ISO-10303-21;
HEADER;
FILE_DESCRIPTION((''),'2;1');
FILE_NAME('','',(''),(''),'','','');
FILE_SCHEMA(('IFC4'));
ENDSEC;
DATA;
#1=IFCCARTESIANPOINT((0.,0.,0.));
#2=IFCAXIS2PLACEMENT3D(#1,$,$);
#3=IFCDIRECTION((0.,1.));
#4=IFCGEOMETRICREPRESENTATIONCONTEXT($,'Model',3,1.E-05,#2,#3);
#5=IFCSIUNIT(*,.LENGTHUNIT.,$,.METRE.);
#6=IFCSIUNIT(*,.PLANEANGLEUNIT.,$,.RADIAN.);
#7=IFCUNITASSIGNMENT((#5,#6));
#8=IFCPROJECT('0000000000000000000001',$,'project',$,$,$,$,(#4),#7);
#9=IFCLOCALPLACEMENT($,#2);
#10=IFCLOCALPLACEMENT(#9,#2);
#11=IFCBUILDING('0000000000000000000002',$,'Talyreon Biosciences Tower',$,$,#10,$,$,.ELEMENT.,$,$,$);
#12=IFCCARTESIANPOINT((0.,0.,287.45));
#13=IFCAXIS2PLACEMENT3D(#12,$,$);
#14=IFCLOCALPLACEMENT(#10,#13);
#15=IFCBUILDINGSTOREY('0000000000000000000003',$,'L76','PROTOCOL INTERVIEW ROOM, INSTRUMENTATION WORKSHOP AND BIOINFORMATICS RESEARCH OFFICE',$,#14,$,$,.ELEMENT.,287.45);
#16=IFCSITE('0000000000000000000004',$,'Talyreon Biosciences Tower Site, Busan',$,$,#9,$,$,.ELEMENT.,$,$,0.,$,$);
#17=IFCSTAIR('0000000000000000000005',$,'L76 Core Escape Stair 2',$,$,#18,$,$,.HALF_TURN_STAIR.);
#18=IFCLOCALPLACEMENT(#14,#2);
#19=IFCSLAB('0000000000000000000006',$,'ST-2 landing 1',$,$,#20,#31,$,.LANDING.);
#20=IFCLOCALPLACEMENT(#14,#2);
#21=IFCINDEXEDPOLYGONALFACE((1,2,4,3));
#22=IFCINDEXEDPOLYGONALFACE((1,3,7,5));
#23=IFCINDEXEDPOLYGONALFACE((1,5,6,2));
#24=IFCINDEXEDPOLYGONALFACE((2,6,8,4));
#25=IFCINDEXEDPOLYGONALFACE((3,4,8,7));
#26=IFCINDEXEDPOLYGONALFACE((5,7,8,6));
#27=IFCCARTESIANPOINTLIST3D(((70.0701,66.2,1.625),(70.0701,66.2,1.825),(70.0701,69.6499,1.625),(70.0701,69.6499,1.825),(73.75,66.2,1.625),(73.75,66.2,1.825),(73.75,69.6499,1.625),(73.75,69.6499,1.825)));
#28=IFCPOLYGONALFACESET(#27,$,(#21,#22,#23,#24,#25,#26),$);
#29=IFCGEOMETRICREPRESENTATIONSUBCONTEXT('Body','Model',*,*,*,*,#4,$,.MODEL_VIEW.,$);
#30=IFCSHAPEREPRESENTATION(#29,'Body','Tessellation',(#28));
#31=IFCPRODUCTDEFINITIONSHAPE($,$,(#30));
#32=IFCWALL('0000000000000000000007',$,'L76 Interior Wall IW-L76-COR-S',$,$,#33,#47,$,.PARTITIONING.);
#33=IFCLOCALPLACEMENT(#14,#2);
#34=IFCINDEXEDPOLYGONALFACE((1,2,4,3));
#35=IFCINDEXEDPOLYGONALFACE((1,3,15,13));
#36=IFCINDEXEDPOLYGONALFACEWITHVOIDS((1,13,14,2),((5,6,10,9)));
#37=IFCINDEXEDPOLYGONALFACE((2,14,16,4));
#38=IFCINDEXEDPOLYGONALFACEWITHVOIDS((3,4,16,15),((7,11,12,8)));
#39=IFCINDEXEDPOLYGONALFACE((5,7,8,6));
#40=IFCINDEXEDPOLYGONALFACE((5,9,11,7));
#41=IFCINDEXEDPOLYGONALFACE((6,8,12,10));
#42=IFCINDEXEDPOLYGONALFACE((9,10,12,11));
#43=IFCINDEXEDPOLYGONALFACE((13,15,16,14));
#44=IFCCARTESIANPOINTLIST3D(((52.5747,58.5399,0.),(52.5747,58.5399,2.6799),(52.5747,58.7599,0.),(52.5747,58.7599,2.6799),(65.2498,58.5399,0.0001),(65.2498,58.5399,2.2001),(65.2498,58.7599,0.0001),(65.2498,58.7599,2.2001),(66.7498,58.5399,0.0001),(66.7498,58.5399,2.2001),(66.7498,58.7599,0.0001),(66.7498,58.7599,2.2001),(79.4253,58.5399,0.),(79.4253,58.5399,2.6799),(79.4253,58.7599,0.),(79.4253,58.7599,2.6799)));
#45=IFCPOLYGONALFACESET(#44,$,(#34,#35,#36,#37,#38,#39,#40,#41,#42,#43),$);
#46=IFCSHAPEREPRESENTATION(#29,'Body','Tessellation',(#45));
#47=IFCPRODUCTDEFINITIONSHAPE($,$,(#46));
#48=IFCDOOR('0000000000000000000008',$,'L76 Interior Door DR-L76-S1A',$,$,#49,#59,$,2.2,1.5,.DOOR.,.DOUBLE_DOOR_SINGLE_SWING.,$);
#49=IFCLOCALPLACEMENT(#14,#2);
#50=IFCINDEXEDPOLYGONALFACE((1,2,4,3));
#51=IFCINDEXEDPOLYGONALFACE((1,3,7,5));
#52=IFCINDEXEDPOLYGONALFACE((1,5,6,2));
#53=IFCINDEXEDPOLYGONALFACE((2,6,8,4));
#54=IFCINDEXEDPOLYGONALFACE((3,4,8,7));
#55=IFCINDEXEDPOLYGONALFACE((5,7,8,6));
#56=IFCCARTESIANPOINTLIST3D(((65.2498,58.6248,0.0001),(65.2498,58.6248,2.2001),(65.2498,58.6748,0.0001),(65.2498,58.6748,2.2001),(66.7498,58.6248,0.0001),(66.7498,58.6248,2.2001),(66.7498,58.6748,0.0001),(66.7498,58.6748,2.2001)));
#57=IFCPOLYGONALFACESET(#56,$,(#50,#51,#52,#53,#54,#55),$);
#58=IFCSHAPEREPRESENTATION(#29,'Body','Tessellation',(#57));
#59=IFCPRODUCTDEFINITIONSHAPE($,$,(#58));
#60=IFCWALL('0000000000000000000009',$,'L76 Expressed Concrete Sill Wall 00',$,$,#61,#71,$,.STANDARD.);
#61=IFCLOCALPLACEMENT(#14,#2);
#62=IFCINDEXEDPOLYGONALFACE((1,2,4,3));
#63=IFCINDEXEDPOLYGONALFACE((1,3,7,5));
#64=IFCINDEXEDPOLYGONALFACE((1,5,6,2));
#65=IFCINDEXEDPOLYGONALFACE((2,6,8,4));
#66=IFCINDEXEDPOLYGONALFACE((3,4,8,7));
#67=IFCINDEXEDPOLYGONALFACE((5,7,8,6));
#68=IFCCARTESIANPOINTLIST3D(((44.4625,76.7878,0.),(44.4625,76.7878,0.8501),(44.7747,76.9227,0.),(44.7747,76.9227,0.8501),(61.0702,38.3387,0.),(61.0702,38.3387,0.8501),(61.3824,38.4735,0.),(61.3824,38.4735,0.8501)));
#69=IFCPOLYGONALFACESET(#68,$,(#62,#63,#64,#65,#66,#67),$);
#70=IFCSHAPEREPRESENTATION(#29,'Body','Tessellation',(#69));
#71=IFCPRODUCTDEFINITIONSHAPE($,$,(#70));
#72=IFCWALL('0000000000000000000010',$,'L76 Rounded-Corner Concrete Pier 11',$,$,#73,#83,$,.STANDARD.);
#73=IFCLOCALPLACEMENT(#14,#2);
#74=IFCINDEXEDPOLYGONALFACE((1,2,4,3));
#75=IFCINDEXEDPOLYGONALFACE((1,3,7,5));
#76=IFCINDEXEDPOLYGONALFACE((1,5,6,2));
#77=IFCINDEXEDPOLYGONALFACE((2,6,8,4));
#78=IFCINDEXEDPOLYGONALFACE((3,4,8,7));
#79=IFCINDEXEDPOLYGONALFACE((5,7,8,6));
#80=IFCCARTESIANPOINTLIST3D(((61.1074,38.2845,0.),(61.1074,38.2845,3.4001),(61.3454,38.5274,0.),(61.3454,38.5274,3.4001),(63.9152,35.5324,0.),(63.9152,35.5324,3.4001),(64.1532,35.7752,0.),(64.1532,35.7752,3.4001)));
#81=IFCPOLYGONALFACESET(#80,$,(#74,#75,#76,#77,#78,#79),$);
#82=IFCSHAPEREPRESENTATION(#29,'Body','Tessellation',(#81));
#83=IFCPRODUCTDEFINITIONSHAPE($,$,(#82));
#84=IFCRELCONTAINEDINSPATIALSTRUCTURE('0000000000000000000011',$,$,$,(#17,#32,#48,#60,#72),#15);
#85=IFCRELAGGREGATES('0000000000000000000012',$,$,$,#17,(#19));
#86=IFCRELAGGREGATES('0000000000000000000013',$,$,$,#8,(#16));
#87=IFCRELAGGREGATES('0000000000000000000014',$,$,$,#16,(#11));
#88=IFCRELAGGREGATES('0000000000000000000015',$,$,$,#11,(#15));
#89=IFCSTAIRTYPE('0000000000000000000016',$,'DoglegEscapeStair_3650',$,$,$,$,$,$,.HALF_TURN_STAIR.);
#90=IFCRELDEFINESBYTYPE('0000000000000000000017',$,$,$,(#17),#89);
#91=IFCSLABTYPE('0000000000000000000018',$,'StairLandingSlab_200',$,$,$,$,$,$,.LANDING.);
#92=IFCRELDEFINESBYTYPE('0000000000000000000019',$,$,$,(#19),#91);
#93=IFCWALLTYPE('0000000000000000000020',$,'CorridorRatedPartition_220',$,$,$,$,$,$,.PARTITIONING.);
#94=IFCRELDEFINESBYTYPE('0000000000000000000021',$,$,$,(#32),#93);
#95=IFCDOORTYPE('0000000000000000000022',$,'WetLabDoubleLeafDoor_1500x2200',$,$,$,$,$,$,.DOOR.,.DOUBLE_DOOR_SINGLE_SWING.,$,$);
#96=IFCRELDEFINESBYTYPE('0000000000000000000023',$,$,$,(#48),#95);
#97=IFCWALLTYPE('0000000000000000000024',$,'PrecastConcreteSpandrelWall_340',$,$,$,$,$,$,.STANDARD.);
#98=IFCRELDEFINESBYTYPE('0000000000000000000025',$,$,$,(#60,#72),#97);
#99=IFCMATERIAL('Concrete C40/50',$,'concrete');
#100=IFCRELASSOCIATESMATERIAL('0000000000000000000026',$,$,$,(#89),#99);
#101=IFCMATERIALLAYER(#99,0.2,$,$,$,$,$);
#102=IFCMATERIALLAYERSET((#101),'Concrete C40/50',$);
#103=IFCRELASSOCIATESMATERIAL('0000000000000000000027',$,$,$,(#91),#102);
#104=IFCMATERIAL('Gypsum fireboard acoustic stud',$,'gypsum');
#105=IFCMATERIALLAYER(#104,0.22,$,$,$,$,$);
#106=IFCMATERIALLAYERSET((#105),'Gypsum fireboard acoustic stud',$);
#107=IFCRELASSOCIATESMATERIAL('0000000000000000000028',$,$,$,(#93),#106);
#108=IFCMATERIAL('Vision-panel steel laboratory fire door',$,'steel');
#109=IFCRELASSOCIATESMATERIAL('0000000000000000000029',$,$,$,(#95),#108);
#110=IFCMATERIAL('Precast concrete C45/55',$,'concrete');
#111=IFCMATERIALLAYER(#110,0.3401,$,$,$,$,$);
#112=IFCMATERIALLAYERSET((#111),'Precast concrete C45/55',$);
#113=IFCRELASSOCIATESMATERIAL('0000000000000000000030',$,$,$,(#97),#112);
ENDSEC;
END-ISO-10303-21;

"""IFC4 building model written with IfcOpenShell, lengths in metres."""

from ifc_helpers import new_model, si_unit, direction, frame, frame_2d, origin, place, context, subcontext, project, spatial, polyline, rectangle, outline, extrude, material, layer, layer_set, type_object, element, fill, aggregate, save


model = new_model("IFC4")

# Units and contexts
model_context = context("Model", 3, precision=1e-05, world=origin(), true_north=direction((0.0, 1.0)))
body_context = subcontext(model_context, "Body", "Model", "MODEL_VIEW")
ifc_project = project(units=[si_unit("LENGTHUNIT", "METRE"), si_unit("PLANEANGLEUNIT", "RADIAN")], contexts=[model_context])

# Site, building, storey
site_placement = place(None, origin())
site = spatial("IfcSite", under=ifc_project, at=site_placement, Name="Talyreon Biosciences Tower Site, Busan", CompositionType="ELEMENT", RefElevation=0.0)
building_placement = place(site_placement, origin())
building = spatial("IfcBuilding", under=site, at=building_placement, Name="Talyreon Biosciences Tower", CompositionType="ELEMENT")
storey_placement = place(building_placement, frame((0.0, 0.0, 287.45)))
storey = spatial("IfcBuildingStorey", under=building, at=storey_placement, Name="L76", Description="PROTOCOL INTERVIEW ROOM, INSTRUMENTATION WORKSHOP AND BIOINFORMATICS RESEARCH OFFICE", CompositionType="ELEMENT", Elevation=287.45)

# Shared definitions
ifc_material_1 = material(Name="Precast concrete C45/55", Category="concrete")

# Shared definitions
ifc_material_2 = material(Name="Concrete C40/50", Category="concrete")

# Stair, slab
stair_type = type_object("IfcStairType", Name="DoglegEscapeStair_3650", PredefinedType="HALF_TURN_STAIR", material=ifc_material_2)
ifc_layer_1 = layer(ifc_material_2, 0.2)
ifc_layer_set_1 = layer_set([ifc_layer_1], Name="Concrete C40/50")
slab_type_1 = type_object("IfcSlabType", Name="StairLandingSlab_200", PredefinedType="LANDING", material=ifc_layer_set_1)
stair_1_placement = place(storey_placement, origin())
stair_1 = element("IfcStair", 1, at=stair_1_placement, inside=storey, type_object=stair_type, Name="L76 Core Escape Stair 2", PredefinedType="HALF_TURN_STAIR")
slab_1_placement = place(storey_placement, frame((0.0, 0.0, 1.625)))
slab_1 = element("IfcSlab", 2, at=slab_1_placement, type_object=slab_type_1, Name="ST-2 landing 1", PredefinedType="LANDING", context=body_context, shape_type="SweptSolid", body=[
    extrude(outline(polyline([(73.75, 66.2), (73.75, 69.6499), (70.0701, 69.6499), (70.0701, 66.2), (73.75, 66.2)])), origin(), (0.0, 0.0, 1.0), 0.2),
])
aggregate(stair_1, [slab_1])

# Wall, opening, door
ifc_material_3 = material(Name="Gypsum fireboard acoustic stud", Category="gypsum")
ifc_layer_2 = layer(ifc_material_3, 0.22)
ifc_layer_set_2 = layer_set([ifc_layer_2], Name="Gypsum fireboard acoustic stud")
wall_type_1 = type_object("IfcWallType", Name="CorridorRatedPartition_220", PredefinedType="PARTITIONING", material=ifc_layer_set_2)
wall_1_placement = place(storey_placement, frame((52.5747, 58.6499, 0.0), z_axis=(0.0, 0.0, 1.0), x_axis=(1.0, 0.0, 0.0)))
wall_1 = element("IfcWall", 3, at=wall_1_placement, inside=storey, type_object=wall_type_1, Name="L76 Interior Wall IW-L76-COR-S", PredefinedType="PARTITIONING", context=body_context, shape_type="SweptSolid", body=[
    extrude(rectangle(XDim=26.8506, YDim=0.22, at=frame_2d((13.4253, 0.0))), origin(), (0.0, 0.0, 1.0), 2.6799),
])
opening_placement = place(wall_1_placement, frame((12.675, 0.0, 0.0)))
opening = element("IfcOpeningElement", 4, at=opening_placement, cuts=wall_1, PredefinedType="OPENING", context=body_context, shape_type="SweptSolid", body=[
    extrude(rectangle(XDim=1.5, YDim=2.2, at=frame_2d((0.75, 1.1001))), frame((0.0, 0.1199, 0.0), z_axis=(0.0, -1.0, 0.0), x_axis=(1.0, 0.0, 0.0)), (0.0, 0.0, 1.0), 0.24),
])
ifc_material_4 = material(Name="Vision-panel steel laboratory fire door", Category="steel")
door_type = type_object("IfcDoorType", Name="WetLabDoubleLeafDoor_1500x2200", OperationType="DOUBLE_DOOR_SINGLE_SWING", PredefinedType="DOOR", material=ifc_material_4)
door_placement = place(opening_placement, origin())
door = element("IfcDoor", 5, at=door_placement, inside=storey, type_object=door_type, Name="L76 Interior Door DR-L76-S1A", OperationType="DOUBLE_DOOR_SINGLE_SWING", OverallHeight=2.2, OverallWidth=1.5, PredefinedType="DOOR", context=body_context, shape_type="SweptSolid", body=[
    extrude(rectangle(XDim=1.5, YDim=2.2, at=frame_2d((0.75, 1.1001))), frame((0.0, 0.0249, 0.0), z_axis=(0.0, -1.0, 0.0), x_axis=(1.0, 0.0, 0.0)), (0.0, 0.0, 1.0), 0.05),
])
fill(opening, door)

# Walls
ifc_layer_3 = layer(ifc_material_1, 0.3401)
ifc_layer_set_3 = layer_set([ifc_layer_3], Name="Precast concrete C45/55")
wall_type_2 = type_object("IfcWallType", Name="PrecastConcreteSpandrelWall_340", PredefinedType="STANDARD", material=ifc_layer_set_3)
wall_2_placement = place(storey_placement, frame((61.2263, 38.406, 0.0), z_axis=(0.0, 0.0, 1.0), x_axis=(-0.396528, 0.918022, 0.0)))
element("IfcWall", 6, at=wall_2_placement, inside=storey, type_object=wall_type_2, Name="L76 Expressed Concrete Sill Wall 00", PredefinedType="STANDARD", context=body_context, shape_type="SweptSolid", body=[
    extrude(rectangle(XDim=41.8826, YDim=0.3401, at=frame_2d((20.9414, 0.0))), origin(), (0.0, 0.0, 1.0), 0.8501),
])
wall_3_placement = place(storey_placement, frame((64.0342, 35.6538, 0.0), z_axis=(0.0, 0.0, 1.0), x_axis=(-0.71415, 0.699993, 0.0)))
element("IfcWall", 7, at=wall_3_placement, inside=storey, type_object=wall_type_2, Name="L76 Rounded-Corner Concrete Pier 11", PredefinedType="STANDARD", context=body_context, shape_type="SweptSolid", body=[
    extrude(rectangle(XDim=3.9316, YDim=0.3401, at=frame_2d((1.9658, 0.0))), origin(), (0.0, 0.0, 1.0), 3.4001),
])

save(model, "model.ifc")
